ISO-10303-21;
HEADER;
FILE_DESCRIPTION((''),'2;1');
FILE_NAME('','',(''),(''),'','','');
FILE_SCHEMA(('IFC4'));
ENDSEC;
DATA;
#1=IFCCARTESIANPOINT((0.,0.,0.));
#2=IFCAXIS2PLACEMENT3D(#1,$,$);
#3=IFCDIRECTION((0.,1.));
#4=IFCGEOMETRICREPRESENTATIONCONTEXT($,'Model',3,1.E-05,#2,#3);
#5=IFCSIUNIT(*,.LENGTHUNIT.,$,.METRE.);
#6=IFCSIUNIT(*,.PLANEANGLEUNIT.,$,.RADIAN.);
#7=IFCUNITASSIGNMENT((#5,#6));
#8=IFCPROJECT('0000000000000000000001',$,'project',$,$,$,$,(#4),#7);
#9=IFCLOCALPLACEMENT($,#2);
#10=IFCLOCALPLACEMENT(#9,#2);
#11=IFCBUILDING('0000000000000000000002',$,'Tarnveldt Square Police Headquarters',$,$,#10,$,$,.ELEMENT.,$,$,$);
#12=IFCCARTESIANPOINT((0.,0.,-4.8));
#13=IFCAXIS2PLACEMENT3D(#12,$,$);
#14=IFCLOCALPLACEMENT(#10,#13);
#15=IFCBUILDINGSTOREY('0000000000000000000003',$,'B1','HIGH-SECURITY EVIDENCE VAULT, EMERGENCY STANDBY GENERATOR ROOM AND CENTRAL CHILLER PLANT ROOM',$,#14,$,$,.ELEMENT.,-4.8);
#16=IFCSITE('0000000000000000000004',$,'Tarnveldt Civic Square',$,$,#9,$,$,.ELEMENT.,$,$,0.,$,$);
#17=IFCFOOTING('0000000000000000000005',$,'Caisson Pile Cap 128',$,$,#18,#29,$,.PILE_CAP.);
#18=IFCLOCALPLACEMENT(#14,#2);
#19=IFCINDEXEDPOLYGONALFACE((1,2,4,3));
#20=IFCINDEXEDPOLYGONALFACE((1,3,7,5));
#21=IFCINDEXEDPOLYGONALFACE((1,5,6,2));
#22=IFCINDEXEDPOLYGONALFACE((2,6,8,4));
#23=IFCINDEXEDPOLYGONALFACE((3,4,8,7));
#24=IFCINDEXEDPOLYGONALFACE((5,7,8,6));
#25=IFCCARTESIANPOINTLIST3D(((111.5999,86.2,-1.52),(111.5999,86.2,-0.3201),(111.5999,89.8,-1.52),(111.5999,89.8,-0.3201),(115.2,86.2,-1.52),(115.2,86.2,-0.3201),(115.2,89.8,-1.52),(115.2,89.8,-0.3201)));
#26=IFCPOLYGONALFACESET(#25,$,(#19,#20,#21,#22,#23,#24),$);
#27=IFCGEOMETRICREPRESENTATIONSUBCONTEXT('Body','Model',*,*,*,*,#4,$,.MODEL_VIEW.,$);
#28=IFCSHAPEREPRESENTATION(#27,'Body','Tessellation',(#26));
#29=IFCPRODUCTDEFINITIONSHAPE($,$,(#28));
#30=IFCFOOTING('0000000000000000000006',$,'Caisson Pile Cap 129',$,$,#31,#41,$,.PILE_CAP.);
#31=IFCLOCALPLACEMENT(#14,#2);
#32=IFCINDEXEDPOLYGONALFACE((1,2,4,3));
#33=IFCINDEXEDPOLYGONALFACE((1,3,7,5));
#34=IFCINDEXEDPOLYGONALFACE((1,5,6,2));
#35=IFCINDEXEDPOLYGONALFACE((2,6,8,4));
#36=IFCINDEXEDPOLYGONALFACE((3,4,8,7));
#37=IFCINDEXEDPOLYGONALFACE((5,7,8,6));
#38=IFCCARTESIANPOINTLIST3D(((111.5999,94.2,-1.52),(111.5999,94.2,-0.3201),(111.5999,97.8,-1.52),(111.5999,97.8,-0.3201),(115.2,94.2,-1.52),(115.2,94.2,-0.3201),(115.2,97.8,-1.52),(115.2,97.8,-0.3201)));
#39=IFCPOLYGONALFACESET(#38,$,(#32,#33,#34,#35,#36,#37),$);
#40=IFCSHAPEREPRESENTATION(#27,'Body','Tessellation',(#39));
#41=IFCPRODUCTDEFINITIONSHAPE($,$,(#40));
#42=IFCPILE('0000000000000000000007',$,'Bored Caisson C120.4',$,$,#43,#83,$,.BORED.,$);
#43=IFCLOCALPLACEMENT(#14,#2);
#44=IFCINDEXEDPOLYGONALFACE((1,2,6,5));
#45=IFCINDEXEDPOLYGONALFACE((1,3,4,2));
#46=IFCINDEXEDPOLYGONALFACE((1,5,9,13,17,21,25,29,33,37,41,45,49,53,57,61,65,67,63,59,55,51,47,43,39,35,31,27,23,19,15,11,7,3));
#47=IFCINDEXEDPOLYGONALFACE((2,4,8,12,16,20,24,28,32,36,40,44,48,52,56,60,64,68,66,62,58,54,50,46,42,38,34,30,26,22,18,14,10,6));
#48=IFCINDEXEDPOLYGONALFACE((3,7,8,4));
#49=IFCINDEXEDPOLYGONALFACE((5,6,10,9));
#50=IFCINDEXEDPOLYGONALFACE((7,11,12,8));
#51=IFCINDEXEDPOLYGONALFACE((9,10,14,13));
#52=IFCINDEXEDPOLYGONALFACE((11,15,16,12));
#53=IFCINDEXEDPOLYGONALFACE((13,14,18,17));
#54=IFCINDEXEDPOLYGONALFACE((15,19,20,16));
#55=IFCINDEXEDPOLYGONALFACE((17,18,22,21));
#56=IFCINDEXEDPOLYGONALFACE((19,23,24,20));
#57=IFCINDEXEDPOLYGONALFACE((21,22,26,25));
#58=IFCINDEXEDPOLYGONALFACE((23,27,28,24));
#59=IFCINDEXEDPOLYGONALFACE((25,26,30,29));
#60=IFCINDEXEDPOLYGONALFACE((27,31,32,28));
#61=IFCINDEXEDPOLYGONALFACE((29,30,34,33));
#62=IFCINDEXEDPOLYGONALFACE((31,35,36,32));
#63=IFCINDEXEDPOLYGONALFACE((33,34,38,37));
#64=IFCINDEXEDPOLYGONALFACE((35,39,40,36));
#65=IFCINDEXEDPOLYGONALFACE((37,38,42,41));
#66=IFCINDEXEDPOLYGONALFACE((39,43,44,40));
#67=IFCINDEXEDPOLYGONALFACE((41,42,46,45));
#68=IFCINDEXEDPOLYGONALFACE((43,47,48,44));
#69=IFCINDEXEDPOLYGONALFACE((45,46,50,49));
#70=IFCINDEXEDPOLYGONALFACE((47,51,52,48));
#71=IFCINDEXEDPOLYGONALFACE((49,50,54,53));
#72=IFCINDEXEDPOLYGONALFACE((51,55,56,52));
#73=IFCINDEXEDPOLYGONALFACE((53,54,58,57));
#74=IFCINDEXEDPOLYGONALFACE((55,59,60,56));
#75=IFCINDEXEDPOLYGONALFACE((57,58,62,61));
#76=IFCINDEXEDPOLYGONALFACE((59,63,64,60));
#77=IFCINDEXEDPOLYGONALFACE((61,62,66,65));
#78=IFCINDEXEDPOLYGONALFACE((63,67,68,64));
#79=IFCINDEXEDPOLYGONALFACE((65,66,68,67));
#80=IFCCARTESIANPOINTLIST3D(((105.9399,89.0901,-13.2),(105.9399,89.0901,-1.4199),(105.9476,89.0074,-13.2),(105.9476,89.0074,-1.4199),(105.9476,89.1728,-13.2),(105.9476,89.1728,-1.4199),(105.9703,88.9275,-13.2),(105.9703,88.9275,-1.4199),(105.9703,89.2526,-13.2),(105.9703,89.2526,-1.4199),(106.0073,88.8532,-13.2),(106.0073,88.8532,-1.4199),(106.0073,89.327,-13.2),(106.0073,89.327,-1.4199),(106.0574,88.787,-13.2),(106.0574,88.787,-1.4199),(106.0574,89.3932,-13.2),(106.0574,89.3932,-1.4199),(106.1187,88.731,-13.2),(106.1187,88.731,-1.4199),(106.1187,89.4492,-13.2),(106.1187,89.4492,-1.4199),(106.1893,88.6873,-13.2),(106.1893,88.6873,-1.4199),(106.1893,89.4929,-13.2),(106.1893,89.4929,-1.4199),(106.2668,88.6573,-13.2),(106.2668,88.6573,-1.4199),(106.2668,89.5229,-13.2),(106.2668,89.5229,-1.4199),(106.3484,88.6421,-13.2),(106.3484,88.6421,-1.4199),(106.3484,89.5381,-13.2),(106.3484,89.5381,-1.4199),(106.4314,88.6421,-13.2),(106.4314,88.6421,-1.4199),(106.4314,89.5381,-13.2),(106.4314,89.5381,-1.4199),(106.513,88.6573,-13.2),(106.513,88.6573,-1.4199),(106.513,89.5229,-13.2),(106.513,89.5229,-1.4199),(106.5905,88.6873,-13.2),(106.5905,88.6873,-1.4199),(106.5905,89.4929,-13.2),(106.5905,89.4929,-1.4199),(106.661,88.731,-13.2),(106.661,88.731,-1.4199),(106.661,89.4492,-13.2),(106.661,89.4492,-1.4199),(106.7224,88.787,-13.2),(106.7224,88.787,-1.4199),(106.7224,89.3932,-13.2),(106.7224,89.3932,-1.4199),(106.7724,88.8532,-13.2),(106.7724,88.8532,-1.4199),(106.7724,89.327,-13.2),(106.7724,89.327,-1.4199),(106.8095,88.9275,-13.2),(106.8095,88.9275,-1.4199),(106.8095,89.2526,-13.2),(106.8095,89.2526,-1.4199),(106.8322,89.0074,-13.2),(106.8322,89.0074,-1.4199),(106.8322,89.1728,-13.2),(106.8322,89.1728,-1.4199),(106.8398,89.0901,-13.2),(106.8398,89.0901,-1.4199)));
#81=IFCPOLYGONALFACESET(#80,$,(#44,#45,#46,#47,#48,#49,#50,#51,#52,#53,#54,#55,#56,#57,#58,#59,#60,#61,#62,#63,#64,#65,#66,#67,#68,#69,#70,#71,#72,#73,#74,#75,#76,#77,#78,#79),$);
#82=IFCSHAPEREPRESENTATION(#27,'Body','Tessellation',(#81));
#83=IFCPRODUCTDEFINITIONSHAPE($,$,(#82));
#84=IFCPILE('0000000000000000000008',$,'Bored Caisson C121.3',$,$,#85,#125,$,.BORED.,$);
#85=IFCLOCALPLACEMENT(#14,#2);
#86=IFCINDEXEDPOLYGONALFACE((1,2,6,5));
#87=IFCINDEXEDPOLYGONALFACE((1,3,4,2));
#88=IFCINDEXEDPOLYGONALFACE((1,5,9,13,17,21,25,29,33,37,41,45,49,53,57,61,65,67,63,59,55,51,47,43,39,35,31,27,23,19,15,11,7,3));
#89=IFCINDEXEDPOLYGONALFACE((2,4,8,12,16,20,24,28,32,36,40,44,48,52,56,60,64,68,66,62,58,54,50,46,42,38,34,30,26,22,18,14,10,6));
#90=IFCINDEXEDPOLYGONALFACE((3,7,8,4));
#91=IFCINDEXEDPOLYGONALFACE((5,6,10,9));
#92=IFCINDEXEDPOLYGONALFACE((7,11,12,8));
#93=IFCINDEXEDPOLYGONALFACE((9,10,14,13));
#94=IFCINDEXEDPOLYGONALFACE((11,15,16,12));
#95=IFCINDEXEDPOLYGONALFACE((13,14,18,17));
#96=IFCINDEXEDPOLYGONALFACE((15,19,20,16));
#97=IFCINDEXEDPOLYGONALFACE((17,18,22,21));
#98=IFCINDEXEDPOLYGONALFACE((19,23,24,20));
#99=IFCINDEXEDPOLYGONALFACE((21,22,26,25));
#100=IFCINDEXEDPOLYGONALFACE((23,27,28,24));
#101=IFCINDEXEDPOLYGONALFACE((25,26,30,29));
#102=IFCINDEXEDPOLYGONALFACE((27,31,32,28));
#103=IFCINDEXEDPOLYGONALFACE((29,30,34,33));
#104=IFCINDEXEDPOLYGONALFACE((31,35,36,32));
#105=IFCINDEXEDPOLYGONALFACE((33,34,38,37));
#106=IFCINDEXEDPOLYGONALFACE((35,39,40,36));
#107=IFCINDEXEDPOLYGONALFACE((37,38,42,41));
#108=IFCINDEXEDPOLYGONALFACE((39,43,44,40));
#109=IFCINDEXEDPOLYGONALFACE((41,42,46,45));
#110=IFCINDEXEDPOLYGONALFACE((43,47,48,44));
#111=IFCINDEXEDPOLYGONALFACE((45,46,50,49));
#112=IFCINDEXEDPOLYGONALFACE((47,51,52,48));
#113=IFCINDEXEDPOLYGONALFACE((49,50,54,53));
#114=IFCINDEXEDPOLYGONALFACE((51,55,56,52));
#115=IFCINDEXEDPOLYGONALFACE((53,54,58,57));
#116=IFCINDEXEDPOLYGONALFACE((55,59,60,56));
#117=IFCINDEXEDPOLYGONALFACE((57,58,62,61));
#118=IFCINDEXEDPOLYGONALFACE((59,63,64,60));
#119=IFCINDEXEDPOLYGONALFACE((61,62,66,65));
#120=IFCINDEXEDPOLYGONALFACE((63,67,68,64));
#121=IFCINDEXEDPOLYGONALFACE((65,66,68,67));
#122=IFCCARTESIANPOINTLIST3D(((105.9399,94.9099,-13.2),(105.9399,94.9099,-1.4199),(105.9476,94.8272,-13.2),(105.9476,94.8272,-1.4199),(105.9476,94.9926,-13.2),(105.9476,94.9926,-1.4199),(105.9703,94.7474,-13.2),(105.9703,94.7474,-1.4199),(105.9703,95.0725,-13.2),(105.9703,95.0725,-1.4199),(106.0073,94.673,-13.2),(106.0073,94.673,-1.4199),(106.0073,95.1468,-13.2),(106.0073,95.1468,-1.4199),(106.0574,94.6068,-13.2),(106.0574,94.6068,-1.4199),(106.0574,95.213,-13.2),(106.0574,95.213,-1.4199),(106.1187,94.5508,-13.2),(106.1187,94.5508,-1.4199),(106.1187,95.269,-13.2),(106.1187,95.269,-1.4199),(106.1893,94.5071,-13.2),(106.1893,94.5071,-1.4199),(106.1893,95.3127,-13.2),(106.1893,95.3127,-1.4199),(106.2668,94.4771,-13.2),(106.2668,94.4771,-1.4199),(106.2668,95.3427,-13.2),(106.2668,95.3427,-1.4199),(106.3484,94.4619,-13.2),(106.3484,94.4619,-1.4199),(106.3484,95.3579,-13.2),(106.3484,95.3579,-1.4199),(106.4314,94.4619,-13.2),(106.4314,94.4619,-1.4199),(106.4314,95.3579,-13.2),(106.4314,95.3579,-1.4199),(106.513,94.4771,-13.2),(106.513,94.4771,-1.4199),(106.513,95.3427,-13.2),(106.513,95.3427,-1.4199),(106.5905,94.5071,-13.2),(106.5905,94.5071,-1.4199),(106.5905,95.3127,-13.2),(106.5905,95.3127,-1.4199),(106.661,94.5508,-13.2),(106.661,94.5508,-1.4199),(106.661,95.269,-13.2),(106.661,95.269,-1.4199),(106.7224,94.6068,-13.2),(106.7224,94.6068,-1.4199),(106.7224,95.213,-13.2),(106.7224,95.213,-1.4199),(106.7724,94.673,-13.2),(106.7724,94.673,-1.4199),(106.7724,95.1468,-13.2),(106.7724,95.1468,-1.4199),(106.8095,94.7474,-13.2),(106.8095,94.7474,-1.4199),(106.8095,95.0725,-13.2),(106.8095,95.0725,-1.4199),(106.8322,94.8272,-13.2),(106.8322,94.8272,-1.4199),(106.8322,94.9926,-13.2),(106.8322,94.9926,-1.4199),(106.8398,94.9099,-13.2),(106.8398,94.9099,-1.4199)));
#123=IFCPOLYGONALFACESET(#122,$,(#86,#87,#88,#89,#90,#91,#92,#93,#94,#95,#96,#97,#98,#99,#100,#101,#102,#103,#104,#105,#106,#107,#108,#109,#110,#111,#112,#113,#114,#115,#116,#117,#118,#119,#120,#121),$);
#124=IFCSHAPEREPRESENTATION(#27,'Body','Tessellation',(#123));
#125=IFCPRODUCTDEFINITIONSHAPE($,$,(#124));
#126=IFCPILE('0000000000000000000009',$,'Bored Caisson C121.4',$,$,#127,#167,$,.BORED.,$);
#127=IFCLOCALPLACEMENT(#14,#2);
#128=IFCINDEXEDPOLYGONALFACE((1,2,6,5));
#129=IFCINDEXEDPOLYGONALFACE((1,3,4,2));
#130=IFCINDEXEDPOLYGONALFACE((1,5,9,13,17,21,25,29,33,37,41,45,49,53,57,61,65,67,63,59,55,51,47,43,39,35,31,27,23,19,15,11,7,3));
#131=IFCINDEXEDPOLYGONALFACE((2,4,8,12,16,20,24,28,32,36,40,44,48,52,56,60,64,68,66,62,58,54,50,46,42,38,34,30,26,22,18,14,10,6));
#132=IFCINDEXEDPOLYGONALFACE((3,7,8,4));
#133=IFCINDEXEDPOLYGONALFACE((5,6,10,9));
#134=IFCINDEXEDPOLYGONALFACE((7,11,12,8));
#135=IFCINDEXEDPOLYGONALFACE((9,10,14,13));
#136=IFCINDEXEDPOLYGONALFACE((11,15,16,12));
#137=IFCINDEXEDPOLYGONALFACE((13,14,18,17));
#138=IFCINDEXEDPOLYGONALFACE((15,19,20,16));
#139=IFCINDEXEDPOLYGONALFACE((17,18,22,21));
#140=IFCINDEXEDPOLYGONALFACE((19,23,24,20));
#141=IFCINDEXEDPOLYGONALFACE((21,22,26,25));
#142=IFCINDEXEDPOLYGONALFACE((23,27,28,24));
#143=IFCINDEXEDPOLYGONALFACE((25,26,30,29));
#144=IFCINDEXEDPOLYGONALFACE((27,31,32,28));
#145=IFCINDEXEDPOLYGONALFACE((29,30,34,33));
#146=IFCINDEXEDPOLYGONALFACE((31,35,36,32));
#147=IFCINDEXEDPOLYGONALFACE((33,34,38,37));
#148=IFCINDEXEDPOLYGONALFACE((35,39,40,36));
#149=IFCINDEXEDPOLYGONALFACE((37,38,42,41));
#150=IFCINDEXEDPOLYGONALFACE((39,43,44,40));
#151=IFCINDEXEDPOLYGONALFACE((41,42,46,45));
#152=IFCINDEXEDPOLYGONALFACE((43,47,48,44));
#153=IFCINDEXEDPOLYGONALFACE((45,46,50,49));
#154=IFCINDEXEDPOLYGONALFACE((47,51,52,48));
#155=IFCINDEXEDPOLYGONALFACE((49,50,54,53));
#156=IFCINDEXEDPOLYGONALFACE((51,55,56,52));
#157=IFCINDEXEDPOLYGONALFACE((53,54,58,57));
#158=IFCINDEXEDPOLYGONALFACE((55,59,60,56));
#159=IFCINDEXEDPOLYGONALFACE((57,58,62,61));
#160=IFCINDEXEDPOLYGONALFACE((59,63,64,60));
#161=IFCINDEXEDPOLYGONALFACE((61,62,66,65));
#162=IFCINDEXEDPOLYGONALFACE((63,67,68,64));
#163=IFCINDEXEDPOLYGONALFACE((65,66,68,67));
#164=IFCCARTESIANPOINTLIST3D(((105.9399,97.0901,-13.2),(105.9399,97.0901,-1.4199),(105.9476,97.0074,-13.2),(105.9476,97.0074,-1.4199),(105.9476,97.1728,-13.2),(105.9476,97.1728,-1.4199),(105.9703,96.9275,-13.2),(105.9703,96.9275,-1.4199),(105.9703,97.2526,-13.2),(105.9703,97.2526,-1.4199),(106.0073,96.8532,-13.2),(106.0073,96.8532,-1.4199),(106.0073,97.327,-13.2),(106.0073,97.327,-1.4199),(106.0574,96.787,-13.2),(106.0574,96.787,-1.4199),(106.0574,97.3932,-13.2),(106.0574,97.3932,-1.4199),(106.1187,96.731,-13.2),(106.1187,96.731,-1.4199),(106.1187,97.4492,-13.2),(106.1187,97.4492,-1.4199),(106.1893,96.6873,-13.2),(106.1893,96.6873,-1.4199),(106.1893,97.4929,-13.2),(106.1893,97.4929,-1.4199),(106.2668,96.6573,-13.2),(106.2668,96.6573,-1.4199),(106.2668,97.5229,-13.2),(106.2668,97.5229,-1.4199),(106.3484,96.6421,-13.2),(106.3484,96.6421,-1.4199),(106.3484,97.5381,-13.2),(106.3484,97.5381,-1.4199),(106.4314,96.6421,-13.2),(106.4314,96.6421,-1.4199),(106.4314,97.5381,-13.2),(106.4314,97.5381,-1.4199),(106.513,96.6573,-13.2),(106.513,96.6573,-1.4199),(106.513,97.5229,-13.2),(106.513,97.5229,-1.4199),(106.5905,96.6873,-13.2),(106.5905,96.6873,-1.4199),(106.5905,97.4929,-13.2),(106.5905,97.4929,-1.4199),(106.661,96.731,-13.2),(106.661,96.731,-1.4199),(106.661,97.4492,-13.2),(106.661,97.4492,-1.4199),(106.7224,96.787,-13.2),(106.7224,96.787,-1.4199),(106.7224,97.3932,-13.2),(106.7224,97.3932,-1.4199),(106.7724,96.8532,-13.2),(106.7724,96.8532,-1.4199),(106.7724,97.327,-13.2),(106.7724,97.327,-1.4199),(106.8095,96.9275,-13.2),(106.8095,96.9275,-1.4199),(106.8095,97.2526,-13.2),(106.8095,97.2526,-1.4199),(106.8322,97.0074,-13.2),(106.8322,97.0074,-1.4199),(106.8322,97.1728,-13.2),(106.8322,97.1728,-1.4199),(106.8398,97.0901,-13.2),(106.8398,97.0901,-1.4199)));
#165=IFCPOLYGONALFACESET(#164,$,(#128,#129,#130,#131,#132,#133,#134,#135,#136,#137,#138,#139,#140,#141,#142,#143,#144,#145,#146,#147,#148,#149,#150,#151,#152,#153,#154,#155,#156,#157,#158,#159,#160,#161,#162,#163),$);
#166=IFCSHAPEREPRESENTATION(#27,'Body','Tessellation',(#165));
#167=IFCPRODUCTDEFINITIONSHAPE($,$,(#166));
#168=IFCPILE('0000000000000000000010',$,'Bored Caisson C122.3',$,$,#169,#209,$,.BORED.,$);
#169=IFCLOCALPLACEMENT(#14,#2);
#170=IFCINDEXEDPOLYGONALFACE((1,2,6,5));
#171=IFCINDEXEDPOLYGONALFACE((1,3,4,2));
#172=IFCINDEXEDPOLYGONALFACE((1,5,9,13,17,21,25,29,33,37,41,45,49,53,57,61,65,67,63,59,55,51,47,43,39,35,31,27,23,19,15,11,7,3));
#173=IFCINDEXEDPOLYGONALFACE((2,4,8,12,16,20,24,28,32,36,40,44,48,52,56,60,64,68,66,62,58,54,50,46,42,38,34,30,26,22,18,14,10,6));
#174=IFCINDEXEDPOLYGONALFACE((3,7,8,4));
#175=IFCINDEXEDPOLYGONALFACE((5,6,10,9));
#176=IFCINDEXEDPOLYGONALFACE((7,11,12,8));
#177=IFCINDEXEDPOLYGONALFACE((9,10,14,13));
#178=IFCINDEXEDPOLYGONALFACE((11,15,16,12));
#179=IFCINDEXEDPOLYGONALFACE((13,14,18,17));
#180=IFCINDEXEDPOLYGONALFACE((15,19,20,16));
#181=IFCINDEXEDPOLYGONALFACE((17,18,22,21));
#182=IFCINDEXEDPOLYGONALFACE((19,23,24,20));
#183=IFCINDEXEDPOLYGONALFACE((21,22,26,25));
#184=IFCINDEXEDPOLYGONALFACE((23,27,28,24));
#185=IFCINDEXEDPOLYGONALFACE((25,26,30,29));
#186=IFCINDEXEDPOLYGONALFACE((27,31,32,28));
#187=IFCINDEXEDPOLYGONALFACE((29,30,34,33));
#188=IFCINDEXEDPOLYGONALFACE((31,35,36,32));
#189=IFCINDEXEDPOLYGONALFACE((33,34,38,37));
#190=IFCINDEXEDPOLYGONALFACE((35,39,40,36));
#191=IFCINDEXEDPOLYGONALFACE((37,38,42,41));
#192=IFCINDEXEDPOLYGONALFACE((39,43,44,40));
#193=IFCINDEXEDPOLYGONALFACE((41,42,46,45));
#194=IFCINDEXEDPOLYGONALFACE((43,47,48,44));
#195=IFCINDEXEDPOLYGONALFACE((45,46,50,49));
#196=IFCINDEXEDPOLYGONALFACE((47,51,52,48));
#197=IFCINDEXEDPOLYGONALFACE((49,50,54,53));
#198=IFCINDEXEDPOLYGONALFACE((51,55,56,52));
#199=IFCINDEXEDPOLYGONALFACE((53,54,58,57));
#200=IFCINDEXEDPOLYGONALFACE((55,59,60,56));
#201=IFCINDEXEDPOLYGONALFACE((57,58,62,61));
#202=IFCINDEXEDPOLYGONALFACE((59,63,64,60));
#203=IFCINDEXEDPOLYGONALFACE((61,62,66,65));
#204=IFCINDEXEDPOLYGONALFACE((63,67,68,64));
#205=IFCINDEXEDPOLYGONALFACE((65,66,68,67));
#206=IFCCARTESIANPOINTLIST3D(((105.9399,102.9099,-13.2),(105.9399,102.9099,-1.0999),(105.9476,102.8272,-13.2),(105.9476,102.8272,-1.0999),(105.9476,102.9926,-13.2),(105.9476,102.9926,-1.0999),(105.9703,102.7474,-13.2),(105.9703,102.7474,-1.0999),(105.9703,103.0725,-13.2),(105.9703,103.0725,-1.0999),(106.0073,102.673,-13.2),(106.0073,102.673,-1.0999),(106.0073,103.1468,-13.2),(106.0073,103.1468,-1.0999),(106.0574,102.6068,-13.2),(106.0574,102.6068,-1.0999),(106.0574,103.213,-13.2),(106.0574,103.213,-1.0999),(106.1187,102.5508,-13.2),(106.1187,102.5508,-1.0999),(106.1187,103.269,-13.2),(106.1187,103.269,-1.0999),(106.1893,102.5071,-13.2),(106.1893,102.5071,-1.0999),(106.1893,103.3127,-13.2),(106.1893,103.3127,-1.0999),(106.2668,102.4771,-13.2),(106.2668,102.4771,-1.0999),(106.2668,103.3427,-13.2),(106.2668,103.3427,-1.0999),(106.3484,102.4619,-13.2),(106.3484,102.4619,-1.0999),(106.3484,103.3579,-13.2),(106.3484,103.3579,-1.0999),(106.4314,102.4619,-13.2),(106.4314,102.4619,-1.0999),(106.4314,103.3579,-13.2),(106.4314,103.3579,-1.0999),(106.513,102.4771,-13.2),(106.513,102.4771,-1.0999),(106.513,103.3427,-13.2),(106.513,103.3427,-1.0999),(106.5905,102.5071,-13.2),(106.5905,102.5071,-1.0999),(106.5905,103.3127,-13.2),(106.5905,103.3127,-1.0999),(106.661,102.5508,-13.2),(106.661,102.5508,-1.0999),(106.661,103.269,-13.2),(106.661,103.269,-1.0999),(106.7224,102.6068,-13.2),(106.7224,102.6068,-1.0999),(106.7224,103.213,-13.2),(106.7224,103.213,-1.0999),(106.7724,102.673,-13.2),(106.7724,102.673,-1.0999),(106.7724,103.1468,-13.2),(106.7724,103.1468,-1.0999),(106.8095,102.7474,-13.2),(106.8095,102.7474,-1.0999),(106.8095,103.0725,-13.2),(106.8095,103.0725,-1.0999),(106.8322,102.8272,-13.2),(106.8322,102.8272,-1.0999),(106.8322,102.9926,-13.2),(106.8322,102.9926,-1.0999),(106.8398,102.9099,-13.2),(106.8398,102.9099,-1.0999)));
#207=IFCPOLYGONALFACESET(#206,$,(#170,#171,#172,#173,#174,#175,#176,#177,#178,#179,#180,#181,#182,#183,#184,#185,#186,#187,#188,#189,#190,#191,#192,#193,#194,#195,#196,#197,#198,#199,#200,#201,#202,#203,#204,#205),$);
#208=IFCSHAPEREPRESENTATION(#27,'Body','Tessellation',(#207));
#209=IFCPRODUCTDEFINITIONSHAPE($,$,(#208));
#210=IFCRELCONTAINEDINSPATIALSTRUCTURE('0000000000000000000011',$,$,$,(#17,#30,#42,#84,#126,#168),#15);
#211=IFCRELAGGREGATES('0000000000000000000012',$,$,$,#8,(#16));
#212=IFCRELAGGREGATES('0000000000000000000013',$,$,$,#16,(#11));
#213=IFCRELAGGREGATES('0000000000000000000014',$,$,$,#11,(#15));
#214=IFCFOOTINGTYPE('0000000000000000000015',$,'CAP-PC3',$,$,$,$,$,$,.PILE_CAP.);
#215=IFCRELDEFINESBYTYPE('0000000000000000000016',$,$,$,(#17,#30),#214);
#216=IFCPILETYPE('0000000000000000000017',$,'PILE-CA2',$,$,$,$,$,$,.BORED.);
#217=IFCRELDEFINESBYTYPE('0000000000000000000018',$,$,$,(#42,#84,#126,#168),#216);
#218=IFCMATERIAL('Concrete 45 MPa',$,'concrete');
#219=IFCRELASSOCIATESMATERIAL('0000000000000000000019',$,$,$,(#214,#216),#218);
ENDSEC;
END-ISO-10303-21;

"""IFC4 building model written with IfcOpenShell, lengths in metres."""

from ifc_helpers import new_model, si_unit, direction, frame, origin, origin_2d, place, context, subcontext, project, spatial, rectangle, circle, extrude, material, material_profile, profile_set, type_object, element, save


model = new_model("IFC4")

# Units and contexts
model_context = context("Model", 3, precision=1e-05, world=origin(), true_north=direction((0.0, 1.0)))
body_context = subcontext(model_context, "Body", "Model", "MODEL_VIEW")
ifc_project = project(units=[si_unit("LENGTHUNIT", "METRE"), si_unit("PLANEANGLEUNIT", "RADIAN")], contexts=[model_context])

# Site, building, storey
site_placement = place(None, origin())
site = spatial("IfcSite", under=ifc_project, at=site_placement, Name="Tarnveldt Civic Square", CompositionType="ELEMENT", RefElevation=0.0)
building_placement = place(site_placement, origin())
building = spatial("IfcBuilding", under=site, at=building_placement, Name="Tarnveldt Square Police Headquarters", CompositionType="ELEMENT")
storey_placement = place(building_placement, frame((0.0, 0.0, -4.8)))
storey = spatial("IfcBuildingStorey", under=building, at=storey_placement, Name="B1", Description="HIGH-SECURITY EVIDENCE VAULT, EMERGENCY STANDBY GENERATOR ROOM AND CENTRAL CHILLER PLANT ROOM", CompositionType="ELEMENT", Elevation=-4.8)

# Footings
ifc_material_1 = material(Name="Concrete 45 MPa", Category="concrete")
footing_type = type_object("IfcFootingType", Name="CAP-PC3", PredefinedType="PILE_CAP", material=ifc_material_1)
for number, where, z_axis, x_axis, name in (
    (1, (113.3999, 88.0, -1.52), (0.0, 0.0, 1.0), (1.0, 0.0, 0.0), "Caisson Pile Cap 128"),
    (2, (113.3999, 96.0, -1.52), (0.0, 0.0, 1.0), (1.0, 0.0, 0.0), "Caisson Pile Cap 129"),
):
    element("IfcFooting", number, at=place(storey_placement, frame(where, z_axis=z_axis, x_axis=x_axis)), inside=storey, type_object=footing_type, Name=name, PredefinedType="PILE_CAP", context=body_context, shape_type="SweptSolid", body=[
        extrude(rectangle(XDim=3.6001, YDim=3.6001, at=origin_2d()), origin(), (0.0, 0.0, 1.0), 1.2),
    ])

# Piles
ifc_material_profile_1 = material_profile(ifc_material_1, circle(Radius=0.45, at=origin_2d()), Name="CAISSON-D900")
ifc_profile_set_1 = profile_set([ifc_material_profile_1], Name="Concrete 45 MPa")
pile_type = type_object("IfcPileType", Name="PILE-CA2", PredefinedType="BORED", material=ifc_profile_set_1)
for number, where, z_axis, x_axis, name in (
    (3, (106.3899, 89.0901, -1.4199), (0.0, 0.0, -1.0), (1.0, 0.0, 0.0), "Bored Caisson C120.4"),
    (4, (106.3899, 94.9099, -1.4199), (0.0, 0.0, -1.0), (1.0, 0.0, 0.0), "Bored Caisson C121.3"),
    (5, (106.3899, 97.0901, -1.4199), (0.0, 0.0, -1.0), (1.0, 0.0, 0.0), "Bored Caisson C121.4"),
):
    element("IfcPile", number, at=place(storey_placement, frame(where, z_axis=z_axis, x_axis=x_axis)), inside=storey, type_object=pile_type, Name=name, PredefinedType="BORED", context=body_context, shape_type="SweptSolid", body=[
        extrude(circle(Radius=0.45, at=origin_2d()), origin(), (0.0, 0.0, 1.0), 11.78),
    ])
for number, where, z_axis, x_axis, name in (
    (6, (106.3899, 102.9099, -1.0999), (0.0, 0.0, -1.0), (1.0, 0.0, 0.0), "Bored Caisson C122.3"),
):
    element("IfcPile", number, at=place(storey_placement, frame(where, z_axis=z_axis, x_axis=x_axis)), inside=storey, type_object=pile_type, Name=name, PredefinedType="BORED", context=body_context, shape_type="SweptSolid", body=[
        extrude(circle(Radius=0.45, at=origin_2d()), origin(), (0.0, 0.0, 1.0), 12.1001),
    ])

save(model, "model.ifc")
